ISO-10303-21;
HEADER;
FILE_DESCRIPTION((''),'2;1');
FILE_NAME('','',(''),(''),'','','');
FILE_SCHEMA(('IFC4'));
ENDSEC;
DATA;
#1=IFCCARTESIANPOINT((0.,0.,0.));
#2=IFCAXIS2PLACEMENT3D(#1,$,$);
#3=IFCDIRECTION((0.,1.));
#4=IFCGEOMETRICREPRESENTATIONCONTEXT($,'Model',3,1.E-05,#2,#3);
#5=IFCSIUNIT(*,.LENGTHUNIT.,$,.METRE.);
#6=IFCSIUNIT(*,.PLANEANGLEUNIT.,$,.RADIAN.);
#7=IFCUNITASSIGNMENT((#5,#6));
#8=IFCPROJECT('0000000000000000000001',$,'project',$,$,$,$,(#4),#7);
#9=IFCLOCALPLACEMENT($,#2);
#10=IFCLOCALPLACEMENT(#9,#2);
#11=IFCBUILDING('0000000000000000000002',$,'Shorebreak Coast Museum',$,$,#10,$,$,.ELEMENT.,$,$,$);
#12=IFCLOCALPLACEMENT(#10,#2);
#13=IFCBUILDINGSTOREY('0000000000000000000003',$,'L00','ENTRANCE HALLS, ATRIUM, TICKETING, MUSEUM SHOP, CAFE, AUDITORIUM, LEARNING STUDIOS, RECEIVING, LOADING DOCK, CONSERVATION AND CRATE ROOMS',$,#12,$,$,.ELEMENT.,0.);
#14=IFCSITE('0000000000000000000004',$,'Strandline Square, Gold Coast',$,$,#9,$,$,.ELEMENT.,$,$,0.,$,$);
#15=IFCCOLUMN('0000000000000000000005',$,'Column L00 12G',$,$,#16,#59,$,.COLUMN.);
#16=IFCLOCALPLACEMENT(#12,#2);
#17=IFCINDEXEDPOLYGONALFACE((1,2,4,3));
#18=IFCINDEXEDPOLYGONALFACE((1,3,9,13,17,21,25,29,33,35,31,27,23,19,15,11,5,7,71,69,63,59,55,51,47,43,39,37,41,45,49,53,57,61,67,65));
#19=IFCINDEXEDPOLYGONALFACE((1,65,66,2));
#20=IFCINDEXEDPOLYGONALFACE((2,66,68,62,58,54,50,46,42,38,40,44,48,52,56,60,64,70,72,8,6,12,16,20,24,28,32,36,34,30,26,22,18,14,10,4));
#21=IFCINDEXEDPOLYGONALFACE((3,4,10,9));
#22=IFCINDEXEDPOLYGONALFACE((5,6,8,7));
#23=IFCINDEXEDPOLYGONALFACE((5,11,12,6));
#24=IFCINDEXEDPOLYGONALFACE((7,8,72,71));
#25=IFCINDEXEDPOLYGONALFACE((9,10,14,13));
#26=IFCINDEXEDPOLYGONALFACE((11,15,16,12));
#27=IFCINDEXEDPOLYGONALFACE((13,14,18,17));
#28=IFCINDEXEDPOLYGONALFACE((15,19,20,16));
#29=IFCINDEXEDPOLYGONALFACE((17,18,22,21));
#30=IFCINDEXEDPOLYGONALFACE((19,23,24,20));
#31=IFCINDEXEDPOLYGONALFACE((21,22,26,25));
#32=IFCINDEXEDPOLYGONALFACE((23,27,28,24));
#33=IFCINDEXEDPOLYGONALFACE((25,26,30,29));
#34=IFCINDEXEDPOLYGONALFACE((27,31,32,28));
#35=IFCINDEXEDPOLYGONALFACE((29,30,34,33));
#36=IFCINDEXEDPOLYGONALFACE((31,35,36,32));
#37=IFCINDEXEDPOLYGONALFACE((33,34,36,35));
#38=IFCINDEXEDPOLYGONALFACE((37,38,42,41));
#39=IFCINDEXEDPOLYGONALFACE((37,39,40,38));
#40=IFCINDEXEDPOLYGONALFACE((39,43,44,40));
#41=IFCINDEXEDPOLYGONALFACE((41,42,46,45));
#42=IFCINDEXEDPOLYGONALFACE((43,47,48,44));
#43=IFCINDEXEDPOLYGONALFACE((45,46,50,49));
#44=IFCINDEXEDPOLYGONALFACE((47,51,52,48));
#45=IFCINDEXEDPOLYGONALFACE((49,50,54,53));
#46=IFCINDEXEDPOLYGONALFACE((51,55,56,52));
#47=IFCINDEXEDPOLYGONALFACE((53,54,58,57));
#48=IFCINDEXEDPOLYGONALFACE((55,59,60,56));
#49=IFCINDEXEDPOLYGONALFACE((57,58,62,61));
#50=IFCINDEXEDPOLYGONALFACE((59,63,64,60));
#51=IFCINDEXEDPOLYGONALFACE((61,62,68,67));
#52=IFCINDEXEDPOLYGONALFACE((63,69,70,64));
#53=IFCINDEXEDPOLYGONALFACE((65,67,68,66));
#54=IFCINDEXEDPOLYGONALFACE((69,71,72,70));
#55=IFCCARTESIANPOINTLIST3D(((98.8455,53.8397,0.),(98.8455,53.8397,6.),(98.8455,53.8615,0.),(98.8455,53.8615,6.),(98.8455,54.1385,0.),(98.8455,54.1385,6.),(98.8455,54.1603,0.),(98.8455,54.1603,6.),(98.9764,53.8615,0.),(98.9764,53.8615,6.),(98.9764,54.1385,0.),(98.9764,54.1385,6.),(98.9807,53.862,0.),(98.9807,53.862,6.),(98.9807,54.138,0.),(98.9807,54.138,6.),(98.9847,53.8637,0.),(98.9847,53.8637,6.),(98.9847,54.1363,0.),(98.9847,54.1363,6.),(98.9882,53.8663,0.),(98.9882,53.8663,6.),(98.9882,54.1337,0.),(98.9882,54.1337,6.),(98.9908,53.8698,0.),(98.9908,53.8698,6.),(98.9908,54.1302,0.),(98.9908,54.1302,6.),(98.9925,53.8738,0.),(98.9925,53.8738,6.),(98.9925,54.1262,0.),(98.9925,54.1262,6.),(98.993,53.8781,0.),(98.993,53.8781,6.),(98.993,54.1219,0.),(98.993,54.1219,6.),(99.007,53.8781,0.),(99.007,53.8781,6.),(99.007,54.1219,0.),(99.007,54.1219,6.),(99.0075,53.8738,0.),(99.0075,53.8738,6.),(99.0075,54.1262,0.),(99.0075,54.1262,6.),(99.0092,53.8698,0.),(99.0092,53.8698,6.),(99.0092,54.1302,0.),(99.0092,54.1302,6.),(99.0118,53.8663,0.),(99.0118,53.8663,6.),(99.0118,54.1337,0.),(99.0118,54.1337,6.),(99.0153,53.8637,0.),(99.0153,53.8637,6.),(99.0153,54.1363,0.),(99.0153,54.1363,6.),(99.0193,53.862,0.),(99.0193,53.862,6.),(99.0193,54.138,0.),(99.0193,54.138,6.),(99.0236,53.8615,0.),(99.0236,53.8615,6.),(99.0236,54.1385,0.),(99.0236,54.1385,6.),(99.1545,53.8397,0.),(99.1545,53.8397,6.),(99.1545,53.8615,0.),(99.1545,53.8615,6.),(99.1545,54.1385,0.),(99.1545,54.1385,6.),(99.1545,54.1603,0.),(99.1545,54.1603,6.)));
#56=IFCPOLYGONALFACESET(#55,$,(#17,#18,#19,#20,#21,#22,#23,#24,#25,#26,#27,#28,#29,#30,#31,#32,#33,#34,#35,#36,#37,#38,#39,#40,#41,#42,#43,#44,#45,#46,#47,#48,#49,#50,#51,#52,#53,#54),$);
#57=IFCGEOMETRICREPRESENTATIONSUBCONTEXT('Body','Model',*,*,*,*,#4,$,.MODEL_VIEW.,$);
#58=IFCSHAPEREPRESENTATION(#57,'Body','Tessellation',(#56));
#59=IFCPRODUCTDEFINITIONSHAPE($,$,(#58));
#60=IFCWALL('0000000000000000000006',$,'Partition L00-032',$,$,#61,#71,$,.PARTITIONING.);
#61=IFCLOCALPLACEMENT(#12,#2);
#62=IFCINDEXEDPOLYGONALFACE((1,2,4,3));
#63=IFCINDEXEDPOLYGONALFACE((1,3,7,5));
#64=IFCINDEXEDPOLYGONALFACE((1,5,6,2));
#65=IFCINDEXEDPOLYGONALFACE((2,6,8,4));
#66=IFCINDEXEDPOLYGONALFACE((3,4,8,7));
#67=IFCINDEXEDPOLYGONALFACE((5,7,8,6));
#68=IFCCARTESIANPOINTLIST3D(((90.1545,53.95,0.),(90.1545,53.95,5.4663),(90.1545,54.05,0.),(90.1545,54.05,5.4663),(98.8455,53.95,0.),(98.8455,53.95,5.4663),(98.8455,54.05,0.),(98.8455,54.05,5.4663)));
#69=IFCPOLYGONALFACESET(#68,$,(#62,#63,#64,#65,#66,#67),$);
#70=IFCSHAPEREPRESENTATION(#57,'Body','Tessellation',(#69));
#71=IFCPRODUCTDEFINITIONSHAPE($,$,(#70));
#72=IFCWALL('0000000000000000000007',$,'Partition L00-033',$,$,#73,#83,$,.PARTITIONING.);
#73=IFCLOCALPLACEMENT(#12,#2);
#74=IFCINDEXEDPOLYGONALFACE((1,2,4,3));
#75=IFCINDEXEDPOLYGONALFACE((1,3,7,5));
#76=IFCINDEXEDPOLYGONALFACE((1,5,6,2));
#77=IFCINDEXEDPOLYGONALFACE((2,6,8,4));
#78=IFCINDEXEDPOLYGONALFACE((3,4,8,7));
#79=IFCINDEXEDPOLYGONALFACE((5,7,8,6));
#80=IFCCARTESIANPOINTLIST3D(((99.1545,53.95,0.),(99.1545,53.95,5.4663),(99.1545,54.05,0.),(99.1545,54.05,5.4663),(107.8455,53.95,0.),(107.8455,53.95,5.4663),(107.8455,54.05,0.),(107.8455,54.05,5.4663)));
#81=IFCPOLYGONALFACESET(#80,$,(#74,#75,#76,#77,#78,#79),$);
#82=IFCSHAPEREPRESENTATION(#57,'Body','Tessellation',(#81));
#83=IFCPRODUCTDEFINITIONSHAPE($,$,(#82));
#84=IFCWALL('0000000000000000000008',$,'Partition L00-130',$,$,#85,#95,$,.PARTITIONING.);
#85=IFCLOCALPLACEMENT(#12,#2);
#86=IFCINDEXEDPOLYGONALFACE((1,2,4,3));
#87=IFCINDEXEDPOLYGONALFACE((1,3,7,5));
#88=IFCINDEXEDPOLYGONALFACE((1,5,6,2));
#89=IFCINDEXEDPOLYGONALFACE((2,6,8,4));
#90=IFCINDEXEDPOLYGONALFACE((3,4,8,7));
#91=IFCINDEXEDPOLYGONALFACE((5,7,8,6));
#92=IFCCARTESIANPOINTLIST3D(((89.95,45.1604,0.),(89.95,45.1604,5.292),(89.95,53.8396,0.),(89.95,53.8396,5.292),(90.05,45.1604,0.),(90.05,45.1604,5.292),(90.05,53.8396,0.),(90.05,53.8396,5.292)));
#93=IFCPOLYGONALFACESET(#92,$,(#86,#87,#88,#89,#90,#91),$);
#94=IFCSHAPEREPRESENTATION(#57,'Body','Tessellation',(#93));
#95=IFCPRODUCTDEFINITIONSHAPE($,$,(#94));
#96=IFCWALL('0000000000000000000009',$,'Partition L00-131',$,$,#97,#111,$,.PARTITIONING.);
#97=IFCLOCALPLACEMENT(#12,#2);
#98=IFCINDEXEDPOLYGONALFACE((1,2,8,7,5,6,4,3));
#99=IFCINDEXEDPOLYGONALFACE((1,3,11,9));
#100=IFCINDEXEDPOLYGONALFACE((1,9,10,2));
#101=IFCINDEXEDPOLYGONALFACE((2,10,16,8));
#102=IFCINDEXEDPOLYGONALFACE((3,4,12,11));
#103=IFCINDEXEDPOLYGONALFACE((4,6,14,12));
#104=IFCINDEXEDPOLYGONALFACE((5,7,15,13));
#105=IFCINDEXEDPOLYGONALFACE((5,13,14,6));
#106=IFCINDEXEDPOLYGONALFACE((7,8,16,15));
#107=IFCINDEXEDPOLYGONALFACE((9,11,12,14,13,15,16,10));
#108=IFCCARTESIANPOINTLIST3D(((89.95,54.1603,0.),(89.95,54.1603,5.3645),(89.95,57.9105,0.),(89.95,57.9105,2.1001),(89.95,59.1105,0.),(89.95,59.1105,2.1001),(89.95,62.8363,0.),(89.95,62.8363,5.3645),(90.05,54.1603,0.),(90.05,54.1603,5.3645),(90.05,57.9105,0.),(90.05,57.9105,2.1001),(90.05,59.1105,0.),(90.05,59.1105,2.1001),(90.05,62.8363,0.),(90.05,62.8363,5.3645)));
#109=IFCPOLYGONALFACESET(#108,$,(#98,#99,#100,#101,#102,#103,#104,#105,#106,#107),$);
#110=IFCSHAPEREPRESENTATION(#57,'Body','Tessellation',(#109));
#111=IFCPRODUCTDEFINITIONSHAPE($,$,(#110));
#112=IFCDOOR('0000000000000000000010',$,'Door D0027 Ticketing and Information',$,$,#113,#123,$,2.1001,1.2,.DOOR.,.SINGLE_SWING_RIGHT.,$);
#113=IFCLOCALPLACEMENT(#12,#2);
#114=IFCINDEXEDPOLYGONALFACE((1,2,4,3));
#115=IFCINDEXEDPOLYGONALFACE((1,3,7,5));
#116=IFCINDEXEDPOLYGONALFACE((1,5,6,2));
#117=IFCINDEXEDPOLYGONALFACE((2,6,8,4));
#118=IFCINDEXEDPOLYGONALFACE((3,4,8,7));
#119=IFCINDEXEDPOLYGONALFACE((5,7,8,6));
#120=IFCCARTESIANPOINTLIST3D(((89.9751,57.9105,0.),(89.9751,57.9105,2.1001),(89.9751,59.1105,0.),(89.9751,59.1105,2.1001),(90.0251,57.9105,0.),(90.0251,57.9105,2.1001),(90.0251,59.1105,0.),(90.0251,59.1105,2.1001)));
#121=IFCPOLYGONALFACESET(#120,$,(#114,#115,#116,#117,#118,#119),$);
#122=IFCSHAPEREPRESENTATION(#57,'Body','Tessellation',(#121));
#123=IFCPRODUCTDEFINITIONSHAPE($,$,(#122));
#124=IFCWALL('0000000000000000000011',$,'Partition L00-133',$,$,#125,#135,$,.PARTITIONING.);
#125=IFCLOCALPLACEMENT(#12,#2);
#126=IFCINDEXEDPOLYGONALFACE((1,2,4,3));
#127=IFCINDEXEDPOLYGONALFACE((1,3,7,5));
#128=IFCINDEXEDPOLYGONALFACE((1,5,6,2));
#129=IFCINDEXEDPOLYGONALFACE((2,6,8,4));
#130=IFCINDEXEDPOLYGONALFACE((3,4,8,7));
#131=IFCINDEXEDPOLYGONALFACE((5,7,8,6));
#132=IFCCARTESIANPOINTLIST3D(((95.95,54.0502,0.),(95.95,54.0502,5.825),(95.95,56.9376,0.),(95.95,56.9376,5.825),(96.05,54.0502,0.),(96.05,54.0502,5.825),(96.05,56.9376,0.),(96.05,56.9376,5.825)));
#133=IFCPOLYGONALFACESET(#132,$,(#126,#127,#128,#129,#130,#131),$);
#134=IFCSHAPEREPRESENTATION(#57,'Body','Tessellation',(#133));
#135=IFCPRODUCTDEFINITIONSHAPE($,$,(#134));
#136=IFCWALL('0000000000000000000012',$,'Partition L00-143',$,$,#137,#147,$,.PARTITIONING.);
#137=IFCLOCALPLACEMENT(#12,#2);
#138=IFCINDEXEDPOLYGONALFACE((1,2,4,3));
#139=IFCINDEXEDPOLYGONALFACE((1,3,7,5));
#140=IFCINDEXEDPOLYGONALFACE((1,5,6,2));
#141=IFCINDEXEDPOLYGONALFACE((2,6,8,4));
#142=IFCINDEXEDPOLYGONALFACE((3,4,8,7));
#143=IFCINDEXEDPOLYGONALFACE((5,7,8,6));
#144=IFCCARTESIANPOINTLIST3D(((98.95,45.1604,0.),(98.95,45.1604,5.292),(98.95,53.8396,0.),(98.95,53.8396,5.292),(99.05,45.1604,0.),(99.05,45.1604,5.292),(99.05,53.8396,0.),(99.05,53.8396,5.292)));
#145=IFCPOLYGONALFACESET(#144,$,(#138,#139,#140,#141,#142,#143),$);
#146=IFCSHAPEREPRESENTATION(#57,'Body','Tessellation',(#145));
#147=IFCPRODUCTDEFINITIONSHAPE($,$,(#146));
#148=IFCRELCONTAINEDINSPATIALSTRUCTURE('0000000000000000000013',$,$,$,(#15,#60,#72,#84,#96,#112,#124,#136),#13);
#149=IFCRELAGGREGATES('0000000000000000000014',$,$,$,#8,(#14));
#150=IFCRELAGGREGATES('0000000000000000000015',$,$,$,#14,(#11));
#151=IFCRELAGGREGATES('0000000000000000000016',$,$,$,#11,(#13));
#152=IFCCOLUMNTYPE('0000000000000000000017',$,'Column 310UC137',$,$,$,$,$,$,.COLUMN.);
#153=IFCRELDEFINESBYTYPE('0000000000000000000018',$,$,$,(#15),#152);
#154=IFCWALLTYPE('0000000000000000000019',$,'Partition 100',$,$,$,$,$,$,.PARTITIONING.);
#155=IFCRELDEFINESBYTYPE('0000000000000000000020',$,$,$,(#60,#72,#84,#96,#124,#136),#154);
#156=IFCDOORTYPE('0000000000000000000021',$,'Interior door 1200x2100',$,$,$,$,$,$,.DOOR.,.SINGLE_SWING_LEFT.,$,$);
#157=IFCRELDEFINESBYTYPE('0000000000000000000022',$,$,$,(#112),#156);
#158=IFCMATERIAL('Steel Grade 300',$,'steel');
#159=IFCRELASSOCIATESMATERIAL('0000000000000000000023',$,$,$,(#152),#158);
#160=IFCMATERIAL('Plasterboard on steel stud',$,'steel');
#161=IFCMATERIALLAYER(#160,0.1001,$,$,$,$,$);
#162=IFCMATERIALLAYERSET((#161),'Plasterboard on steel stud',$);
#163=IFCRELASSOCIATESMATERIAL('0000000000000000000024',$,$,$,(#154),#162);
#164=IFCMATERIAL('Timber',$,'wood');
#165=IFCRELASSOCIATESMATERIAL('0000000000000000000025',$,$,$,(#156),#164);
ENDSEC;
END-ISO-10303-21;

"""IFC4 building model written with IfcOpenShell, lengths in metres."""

from ifc_helpers import new_model, si_unit, direction, frame, frame_2d, origin, origin_2d, place, context, subcontext, project, spatial, rectangle, i_section, extrude, material, layer, layer_set, material_profile, profile_set, type_object, element, fill, save


model = new_model("IFC4")

# Units and contexts
model_context = context("Model", 3, precision=1e-05, world=origin(), true_north=direction((0.0, 1.0)))
body_context = subcontext(model_context, "Body", "Model", "MODEL_VIEW")
ifc_project = project(units=[si_unit("LENGTHUNIT", "METRE"), si_unit("PLANEANGLEUNIT", "RADIAN")], contexts=[model_context])

# Site, building, storey
site_placement = place(None, origin())
site = spatial("IfcSite", under=ifc_project, at=site_placement, Name="Strandline Square, Gold Coast", CompositionType="ELEMENT", RefElevation=0.0)
building_placement = place(site_placement, origin())
building = spatial("IfcBuilding", under=site, at=building_placement, Name="Shorebreak Coast Museum", CompositionType="ELEMENT")
storey_placement = place(building_placement, origin())
storey = spatial("IfcBuildingStorey", under=building, at=storey_placement, Name="L00", Description="ENTRANCE HALLS, ATRIUM, TICKETING, MUSEUM SHOP, CAFE, AUDITORIUM, LEARNING STUDIOS, RECEIVING, LOADING DOCK, CONSERVATION AND CRATE ROOMS", CompositionType="ELEMENT", Elevation=0.0)

# Column
ifc_material_1 = material(Name="Steel Grade 300", Category="steel")
ifc_material_profile_1 = material_profile(ifc_material_1, i_section(OverallWidth=0.3091, OverallDepth=0.3206, WebThickness=0.0139, FlangeThickness=0.0217, FilletRadius=0.0166, at=origin_2d()), Name="310UC137")
ifc_profile_set_1 = profile_set([ifc_material_profile_1], Name="Steel Grade 300")
column_type = type_object("IfcColumnType", Name="Column 310UC137", PredefinedType="COLUMN", material=ifc_profile_set_1)
for number, where, z_axis, x_axis, name in (
    (1, (99.0, 54.0, 0.0), (0.0, 0.0, 1.0), (1.0, 0.0, 0.0), "Column L00 12G"),
):
    element("IfcColumn", number, at=place(storey_placement, frame(where, z_axis=z_axis, x_axis=x_axis)), inside=storey, type_object=column_type, Name=name, PredefinedType="COLUMN", context=body_context, shape_type="SweptSolid", body=[
        extrude(i_section(OverallWidth=0.3091, OverallDepth=0.3206, WebThickness=0.0139, FlangeThickness=0.0217, FilletRadius=0.0166, at=origin_2d()), origin(), (0.0, 0.0, 1.0), 6.0),
    ])

# Walls
ifc_material_2 = material(Name="Plasterboard on steel stud", Category="steel")
ifc_layer = layer(ifc_material_2, 0.1001)
ifc_layer_set = layer_set([ifc_layer], Name="Plasterboard on steel stud")
wall_type = type_object("IfcWallType", Name="Partition 100", PredefinedType="PARTITIONING", material=ifc_layer_set)
for number, where, z_axis, x_axis, name in (
    (2, (90.1545, 54.0, 0.0), (0.0, 0.0, 1.0), (1.0, 0.0, 0.0), "Partition L00-032"),
    (3, (99.1545, 54.0, 0.0), (0.0, 0.0, 1.0), (1.0, 0.0, 0.0), "Partition L00-033"),
):
    element("IfcWall", number, at=place(storey_placement, frame(where, z_axis=z_axis, x_axis=x_axis)), inside=storey, type_object=wall_type, Name=name, PredefinedType="PARTITIONING", context=body_context, shape_type="SweptSolid", body=[
        extrude(rectangle(XDim=8.6909, YDim=0.1001, at=frame_2d((4.3455, 0.0))), origin(), (0.0, 0.0, 1.0), 5.4663),
    ])
wall_1_placement = place(storey_placement, frame((90.0, 45.1604, 0.0), z_axis=(0.0, 0.0, 1.0), x_axis=(0.0, 1.0, 0.0)))
element("IfcWall", 4, at=wall_1_placement, inside=storey, type_object=wall_type, Name="Partition L00-130", PredefinedType="PARTITIONING", context=body_context, shape_type="SweptSolid", body=[
    extrude(rectangle(XDim=8.6792, YDim=0.1001, at=frame_2d((4.3396, 0.0))), origin(), (0.0, 0.0, 1.0), 5.292),
])

# Wall, opening, door
wall_2_placement = place(storey_placement, frame((90.0, 54.1604, 0.0), z_axis=(0.0, 0.0, 1.0), x_axis=(0.0, 1.0, 0.0)))
wall_2 = element("IfcWall", 5, at=wall_2_placement, inside=storey, type_object=wall_type, Name="Partition L00-131", PredefinedType="PARTITIONING", context=body_context, shape_type="SweptSolid", body=[
    extrude(rectangle(XDim=8.676, YDim=0.1001, at=frame_2d((4.3379, 0.0))), origin(), (0.0, 0.0, 1.0), 5.3645),
])
opening_placement = place(wall_2_placement, frame((3.75, 0.0, 0.0)))
opening = element("IfcOpeningElement", 6, at=opening_placement, cuts=wall_2, PredefinedType="OPENING", context=body_context, shape_type="SweptSolid", body=[
    extrude(rectangle(XDim=1.2, YDim=2.1001, at=frame_2d((0.6001, 1.05))), frame((0.0, 0.0601, 0.0), z_axis=(0.0, -1.0, 0.0), x_axis=(1.0, 0.0, 0.0)), (0.0, 0.0, 1.0), 0.1201),
])
ifc_material_3 = material(Name="Timber", Category="wood")
door_type = type_object("IfcDoorType", Name="Interior door 1200x2100", OperationType="SINGLE_SWING_LEFT", PredefinedType="DOOR", material=ifc_material_3)
door_placement = place(opening_placement, origin())
door = element("IfcDoor", 7, at=door_placement, inside=storey, type_object=door_type, Name="Door D0027 Ticketing and Information", OperationType="SINGLE_SWING_RIGHT", OverallHeight=2.1001, OverallWidth=1.2, PredefinedType="DOOR", context=body_context, shape_type="SweptSolid", body=[
    extrude(rectangle(XDim=1.2, YDim=2.1001, at=frame_2d((0.6001, 1.05))), frame((0.0, 0.0249, 0.0), z_axis=(0.0, -1.0, 0.0), x_axis=(1.0, 0.0, 0.0)), (0.0, 0.0, 1.0), 0.05),
])
fill(opening, door)

# Walls
wall_3_placement = place(storey_placement, frame((96.0, 54.05, 0.0), z_axis=(0.0, 0.0, 1.0), x_axis=(0.0, 1.0, 0.0)))
element("IfcWall", 8, at=wall_3_placement, inside=storey, type_object=wall_type, Name="Partition L00-133", PredefinedType="PARTITIONING", context=body_context, shape_type="SweptSolid", body=[
    extrude(rectangle(XDim=2.8875, YDim=0.1001, at=frame_2d((1.4438, 0.0))), origin(), (0.0, 0.0, 1.0), 5.825),
])
wall_4_placement = place(storey_placement, frame((99.0, 45.1604, 0.0), z_axis=(0.0, 0.0, 1.0), x_axis=(0.0, 1.0, 0.0)))
element("IfcWall", 9, at=wall_4_placement, inside=storey, type_object=wall_type, Name="Partition L00-143", PredefinedType="PARTITIONING", context=body_context, shape_type="SweptSolid", body=[
    extrude(rectangle(XDim=8.6792, YDim=0.1001, at=frame_2d((4.3396, 0.0))), origin(), (0.0, 0.0, 1.0), 5.292),
])

save(model, "model.ifc")
